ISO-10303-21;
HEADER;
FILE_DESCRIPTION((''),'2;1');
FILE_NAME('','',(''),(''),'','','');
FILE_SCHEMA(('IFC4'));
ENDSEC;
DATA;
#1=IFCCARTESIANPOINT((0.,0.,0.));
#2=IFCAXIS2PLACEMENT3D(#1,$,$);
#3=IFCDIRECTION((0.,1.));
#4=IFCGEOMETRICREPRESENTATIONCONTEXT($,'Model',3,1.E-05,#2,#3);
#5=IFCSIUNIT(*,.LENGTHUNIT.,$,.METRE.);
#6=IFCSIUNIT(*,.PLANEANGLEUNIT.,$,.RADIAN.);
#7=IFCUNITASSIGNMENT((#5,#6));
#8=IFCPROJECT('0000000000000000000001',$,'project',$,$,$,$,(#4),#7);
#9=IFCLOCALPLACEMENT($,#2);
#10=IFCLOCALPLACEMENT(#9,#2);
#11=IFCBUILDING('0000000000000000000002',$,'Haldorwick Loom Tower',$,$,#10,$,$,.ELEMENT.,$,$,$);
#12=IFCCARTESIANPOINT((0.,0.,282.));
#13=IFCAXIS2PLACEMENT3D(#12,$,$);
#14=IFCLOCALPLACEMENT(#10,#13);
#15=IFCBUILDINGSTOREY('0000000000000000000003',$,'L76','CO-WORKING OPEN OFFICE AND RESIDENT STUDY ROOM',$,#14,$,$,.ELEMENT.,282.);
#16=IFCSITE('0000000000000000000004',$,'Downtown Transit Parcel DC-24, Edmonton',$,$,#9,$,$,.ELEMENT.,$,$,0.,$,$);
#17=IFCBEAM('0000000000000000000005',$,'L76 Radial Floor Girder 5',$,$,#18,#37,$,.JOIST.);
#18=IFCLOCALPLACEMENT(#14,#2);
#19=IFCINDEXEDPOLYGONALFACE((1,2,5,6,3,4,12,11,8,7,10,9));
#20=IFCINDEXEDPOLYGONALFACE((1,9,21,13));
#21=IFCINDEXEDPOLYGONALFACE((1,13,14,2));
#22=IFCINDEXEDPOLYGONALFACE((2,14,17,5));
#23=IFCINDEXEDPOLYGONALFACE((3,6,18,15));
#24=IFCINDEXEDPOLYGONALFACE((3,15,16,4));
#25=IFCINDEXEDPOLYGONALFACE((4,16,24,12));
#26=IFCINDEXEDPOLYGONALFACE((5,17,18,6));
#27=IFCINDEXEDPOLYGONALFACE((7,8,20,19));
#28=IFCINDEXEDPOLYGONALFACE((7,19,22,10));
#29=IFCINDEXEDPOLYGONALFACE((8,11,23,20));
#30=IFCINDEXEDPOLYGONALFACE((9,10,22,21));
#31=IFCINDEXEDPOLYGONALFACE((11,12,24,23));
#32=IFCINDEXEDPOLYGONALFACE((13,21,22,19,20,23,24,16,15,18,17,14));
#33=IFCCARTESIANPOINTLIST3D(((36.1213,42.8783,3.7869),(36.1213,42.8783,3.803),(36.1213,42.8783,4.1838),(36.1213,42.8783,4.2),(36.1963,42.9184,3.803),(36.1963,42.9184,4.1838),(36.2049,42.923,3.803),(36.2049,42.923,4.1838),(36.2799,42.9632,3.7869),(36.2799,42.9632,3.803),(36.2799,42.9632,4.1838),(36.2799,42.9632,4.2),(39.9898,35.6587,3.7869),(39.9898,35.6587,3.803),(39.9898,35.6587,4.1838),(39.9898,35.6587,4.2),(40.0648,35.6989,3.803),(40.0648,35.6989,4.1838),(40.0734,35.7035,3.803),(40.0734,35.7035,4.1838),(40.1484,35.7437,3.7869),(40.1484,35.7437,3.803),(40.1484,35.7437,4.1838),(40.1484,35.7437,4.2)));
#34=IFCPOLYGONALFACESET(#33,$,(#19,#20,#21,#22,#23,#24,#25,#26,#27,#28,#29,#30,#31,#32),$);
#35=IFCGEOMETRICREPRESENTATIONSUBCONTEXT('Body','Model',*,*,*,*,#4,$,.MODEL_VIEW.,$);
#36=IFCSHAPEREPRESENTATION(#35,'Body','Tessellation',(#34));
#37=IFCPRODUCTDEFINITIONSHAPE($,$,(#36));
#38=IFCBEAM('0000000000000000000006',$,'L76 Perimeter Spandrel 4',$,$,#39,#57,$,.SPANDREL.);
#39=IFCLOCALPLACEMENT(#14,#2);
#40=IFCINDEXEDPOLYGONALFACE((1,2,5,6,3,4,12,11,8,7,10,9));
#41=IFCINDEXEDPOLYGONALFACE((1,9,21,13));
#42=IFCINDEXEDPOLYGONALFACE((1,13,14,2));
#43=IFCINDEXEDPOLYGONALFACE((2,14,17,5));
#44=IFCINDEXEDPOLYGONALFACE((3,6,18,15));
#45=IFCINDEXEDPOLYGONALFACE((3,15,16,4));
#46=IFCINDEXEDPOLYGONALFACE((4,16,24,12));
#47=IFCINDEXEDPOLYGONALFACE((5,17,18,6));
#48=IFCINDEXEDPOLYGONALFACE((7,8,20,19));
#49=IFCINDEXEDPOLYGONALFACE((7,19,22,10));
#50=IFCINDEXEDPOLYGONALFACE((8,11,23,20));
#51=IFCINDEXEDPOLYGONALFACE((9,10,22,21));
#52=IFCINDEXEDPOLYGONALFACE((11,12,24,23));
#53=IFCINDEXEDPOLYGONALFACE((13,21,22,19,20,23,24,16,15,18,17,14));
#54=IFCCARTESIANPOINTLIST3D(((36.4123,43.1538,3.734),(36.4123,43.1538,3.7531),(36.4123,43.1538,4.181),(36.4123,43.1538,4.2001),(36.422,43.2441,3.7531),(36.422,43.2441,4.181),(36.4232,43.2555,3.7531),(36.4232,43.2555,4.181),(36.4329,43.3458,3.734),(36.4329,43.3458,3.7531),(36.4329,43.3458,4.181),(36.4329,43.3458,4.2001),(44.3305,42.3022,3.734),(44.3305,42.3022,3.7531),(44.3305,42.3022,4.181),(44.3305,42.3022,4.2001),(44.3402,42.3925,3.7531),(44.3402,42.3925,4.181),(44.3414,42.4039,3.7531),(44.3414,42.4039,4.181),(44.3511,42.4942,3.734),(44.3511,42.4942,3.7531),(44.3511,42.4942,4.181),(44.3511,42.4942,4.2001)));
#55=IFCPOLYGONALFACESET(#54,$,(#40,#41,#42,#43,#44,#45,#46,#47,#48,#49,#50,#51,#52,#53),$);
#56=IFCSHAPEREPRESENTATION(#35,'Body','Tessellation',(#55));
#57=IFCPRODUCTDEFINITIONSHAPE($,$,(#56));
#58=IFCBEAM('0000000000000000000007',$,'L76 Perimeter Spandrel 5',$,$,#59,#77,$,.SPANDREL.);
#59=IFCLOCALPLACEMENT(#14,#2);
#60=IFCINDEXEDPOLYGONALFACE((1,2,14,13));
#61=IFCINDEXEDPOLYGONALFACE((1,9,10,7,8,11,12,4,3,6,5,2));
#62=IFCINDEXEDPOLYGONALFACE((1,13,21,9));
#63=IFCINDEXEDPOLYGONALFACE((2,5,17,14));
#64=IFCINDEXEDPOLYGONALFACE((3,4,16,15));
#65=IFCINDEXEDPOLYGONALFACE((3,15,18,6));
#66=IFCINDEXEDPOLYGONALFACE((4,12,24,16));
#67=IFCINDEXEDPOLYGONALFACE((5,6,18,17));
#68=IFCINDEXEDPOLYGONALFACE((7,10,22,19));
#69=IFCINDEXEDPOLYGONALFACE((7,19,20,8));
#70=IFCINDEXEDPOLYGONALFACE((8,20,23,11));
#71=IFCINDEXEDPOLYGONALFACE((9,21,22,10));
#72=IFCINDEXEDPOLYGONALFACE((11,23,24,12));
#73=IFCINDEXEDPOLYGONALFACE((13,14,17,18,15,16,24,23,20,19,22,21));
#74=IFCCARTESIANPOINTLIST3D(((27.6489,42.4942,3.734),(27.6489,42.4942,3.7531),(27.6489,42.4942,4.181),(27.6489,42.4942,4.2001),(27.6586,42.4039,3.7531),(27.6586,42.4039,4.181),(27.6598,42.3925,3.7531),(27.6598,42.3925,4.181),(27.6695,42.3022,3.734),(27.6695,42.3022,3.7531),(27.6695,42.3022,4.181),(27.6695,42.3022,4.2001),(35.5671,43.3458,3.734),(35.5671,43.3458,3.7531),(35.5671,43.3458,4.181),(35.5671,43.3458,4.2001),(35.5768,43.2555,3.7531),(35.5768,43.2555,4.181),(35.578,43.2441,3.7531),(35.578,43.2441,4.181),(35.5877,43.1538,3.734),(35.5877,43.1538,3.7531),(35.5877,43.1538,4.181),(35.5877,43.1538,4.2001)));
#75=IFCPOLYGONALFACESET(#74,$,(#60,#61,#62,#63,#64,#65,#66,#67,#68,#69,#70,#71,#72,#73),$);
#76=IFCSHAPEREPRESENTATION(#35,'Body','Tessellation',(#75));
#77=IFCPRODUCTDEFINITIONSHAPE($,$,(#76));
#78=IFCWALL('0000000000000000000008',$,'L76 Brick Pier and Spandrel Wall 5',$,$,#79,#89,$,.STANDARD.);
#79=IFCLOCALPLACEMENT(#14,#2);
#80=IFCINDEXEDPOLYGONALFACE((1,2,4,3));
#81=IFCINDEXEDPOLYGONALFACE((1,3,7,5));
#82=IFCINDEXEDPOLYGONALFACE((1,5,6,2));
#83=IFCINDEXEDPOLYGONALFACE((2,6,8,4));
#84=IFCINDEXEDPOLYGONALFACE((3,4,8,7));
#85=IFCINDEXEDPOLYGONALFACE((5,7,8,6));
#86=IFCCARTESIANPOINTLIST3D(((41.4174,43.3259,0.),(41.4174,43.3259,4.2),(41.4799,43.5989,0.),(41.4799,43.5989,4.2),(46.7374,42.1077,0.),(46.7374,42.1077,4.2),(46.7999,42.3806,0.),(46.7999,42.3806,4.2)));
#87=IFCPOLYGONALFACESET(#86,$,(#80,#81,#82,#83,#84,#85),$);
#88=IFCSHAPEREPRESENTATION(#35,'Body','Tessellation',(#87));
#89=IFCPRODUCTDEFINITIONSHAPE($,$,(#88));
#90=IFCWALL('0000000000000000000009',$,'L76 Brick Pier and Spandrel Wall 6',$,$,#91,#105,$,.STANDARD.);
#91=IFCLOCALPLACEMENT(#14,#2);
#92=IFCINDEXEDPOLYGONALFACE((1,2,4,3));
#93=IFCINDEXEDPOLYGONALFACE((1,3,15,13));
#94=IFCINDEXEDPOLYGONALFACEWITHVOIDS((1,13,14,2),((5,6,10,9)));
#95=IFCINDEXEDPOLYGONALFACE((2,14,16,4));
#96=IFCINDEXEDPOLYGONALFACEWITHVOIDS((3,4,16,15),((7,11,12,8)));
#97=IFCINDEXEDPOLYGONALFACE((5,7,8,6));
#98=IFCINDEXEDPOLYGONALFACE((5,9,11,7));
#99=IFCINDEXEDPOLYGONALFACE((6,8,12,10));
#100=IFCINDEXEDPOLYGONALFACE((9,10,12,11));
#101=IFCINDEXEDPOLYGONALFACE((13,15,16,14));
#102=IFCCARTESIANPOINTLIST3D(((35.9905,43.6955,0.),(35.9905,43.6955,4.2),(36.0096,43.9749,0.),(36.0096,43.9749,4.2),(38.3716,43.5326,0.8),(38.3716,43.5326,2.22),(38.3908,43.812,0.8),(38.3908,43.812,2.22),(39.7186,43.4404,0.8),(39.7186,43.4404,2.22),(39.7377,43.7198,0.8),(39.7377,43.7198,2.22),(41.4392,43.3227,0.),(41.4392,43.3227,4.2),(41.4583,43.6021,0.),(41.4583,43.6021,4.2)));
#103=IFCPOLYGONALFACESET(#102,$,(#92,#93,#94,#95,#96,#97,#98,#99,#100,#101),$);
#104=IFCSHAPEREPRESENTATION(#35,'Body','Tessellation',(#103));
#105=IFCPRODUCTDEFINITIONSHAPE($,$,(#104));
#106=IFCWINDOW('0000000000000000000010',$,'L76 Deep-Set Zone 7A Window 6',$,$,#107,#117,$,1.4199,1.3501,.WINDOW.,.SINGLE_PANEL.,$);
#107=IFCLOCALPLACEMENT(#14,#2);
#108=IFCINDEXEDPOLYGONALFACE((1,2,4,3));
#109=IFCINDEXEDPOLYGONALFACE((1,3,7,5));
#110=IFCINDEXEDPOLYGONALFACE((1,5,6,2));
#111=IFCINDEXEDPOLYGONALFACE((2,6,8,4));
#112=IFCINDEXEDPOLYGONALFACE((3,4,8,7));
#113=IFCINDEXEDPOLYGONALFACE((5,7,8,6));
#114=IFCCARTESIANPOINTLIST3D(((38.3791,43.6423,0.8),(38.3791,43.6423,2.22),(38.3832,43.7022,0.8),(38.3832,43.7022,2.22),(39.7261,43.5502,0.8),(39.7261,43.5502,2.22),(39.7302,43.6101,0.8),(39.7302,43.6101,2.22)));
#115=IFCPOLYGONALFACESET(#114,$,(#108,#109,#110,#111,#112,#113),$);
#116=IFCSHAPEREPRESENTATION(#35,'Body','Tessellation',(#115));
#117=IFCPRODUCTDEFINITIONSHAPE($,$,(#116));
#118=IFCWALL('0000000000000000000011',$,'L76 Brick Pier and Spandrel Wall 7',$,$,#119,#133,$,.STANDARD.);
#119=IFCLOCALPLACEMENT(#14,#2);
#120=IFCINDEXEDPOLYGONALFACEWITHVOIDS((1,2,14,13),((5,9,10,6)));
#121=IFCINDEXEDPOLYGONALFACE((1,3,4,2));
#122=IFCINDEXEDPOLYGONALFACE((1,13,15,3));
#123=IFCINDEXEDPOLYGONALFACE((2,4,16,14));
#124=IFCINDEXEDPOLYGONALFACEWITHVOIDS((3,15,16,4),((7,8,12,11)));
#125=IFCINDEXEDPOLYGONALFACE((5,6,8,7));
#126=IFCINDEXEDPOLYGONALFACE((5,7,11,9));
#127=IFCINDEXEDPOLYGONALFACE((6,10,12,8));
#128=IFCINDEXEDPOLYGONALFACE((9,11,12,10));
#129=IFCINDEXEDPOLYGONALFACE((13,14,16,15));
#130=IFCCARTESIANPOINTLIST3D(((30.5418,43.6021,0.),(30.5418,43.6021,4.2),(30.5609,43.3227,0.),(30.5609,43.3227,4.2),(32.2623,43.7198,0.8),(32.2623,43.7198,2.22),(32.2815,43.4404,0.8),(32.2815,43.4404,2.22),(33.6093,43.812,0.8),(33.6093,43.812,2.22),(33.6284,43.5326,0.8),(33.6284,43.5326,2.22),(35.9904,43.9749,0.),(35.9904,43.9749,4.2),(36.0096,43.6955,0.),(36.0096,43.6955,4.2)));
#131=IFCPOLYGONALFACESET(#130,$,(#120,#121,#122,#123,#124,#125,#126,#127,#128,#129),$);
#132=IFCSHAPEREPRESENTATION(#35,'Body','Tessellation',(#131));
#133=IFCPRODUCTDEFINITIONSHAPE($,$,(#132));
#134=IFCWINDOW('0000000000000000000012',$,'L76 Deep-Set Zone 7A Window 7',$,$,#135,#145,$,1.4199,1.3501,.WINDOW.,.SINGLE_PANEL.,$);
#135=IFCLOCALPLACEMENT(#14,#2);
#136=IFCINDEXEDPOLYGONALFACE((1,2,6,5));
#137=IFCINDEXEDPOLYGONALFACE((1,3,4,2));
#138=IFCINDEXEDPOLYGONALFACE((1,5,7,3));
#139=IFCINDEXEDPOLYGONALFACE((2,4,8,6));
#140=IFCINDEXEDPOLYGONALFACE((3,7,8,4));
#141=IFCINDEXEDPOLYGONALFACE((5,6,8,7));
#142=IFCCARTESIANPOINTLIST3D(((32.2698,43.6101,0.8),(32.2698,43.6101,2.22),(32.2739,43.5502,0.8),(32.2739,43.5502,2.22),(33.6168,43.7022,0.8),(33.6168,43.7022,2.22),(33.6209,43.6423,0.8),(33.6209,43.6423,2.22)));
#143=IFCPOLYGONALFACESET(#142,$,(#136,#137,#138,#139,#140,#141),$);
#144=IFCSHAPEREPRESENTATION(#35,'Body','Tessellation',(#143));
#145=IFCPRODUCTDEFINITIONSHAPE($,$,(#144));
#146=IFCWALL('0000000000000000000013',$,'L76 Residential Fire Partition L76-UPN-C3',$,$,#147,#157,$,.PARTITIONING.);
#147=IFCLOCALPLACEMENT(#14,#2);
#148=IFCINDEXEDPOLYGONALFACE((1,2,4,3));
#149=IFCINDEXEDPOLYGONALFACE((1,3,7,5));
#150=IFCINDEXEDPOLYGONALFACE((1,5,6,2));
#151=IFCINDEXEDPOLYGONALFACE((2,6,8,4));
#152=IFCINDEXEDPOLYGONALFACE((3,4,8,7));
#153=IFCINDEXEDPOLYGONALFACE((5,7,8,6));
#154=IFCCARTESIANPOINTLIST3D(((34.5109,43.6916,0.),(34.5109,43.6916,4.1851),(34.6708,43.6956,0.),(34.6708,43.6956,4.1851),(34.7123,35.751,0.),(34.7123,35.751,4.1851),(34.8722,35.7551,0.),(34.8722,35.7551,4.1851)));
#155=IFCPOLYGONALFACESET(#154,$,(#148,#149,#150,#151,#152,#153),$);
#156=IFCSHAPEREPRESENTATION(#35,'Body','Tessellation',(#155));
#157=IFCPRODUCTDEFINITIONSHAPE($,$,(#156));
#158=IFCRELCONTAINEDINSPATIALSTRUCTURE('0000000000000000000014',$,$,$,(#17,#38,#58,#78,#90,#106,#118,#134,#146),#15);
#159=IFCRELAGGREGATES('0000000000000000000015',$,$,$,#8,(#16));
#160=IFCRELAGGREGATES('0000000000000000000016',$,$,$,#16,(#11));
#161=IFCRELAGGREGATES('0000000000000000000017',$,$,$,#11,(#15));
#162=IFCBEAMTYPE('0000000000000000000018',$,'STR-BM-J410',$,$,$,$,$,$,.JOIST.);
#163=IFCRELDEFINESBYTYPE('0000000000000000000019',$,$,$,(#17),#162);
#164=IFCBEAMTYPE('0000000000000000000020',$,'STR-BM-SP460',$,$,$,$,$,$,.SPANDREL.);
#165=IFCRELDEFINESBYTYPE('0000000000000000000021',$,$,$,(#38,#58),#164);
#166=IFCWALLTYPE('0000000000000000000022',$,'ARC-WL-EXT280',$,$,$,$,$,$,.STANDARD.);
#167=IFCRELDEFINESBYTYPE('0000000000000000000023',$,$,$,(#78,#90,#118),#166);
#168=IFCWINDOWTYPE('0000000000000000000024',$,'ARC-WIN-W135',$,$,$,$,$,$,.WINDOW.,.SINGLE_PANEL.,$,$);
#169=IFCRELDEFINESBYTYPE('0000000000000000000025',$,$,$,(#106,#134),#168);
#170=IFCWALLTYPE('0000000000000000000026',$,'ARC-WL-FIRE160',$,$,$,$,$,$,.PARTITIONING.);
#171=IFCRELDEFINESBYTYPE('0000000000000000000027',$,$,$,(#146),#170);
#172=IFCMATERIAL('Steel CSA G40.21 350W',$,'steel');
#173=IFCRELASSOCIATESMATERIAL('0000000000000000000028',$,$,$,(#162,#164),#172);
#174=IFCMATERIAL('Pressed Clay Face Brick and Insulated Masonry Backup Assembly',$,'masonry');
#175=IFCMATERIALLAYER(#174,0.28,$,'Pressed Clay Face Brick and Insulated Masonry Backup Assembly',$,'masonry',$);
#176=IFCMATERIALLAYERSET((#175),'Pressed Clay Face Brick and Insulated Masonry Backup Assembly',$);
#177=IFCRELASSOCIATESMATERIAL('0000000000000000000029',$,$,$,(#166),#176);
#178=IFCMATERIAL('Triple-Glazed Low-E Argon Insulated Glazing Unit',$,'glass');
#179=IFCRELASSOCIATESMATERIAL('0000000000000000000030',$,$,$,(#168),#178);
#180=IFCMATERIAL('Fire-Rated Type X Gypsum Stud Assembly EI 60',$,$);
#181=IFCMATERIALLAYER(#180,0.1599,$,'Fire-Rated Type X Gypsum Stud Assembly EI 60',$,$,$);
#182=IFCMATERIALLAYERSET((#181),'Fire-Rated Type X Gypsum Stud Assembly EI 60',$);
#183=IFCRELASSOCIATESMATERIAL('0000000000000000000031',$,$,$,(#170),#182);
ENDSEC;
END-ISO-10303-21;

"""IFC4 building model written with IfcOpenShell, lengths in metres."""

from ifc_helpers import new_model, si_unit, direction, frame, frame_2d, origin, origin_2d, place, context, subcontext, project, spatial, rectangle, i_section, extrude, material, layer, layer_set, material_profile, profile_set, type_object, element, fill, save


model = new_model("IFC4")

# Units and contexts
model_context = context("Model", 3, precision=1e-05, world=origin(), true_north=direction((0.0, 1.0)))
body_context = subcontext(model_context, "Body", "Model", "MODEL_VIEW")
ifc_project = project(units=[si_unit("LENGTHUNIT", "METRE"), si_unit("PLANEANGLEUNIT", "RADIAN")], contexts=[model_context])

# Site, building, storey
site_placement = place(None, origin())
site = spatial("IfcSite", under=ifc_project, at=site_placement, Name="Downtown Transit Parcel DC-24, Edmonton", CompositionType="ELEMENT", RefElevation=0.0)
building_placement = place(site_placement, origin())
building = spatial("IfcBuilding", under=site, at=building_placement, Name="Haldorwick Loom Tower", CompositionType="ELEMENT")
storey_placement = place(building_placement, frame((0.0, 0.0, 282.0)))
storey = spatial("IfcBuildingStorey", under=building, at=storey_placement, Name="L76", Description="CO-WORKING OPEN OFFICE AND RESIDENT STUDY ROOM", CompositionType="ELEMENT", Elevation=282.0)

# Shared definitions
ifc_material_1 = material(Name="Steel CSA G40.21 350W", Category="steel")

# Beams
ifc_material_profile_1 = material_profile(ifc_material_1, i_section(OverallWidth=0.1799, OverallDepth=0.4131, WebThickness=0.0098, FlangeThickness=0.0161, at=origin_2d()), Name="W410X74", Category="steel")
ifc_profile_set_1 = profile_set([ifc_material_profile_1], Name="Steel CSA G40.21 350W")
beam_type_1 = type_object("IfcBeamType", Name="STR-BM-J410", PredefinedType="JOIST", material=ifc_profile_set_1)
beam_1_placement = place(storey_placement, frame((40.0691, 35.7012, 3.9934), z_axis=(-0.4723, 0.881438, 0.0), x_axis=(-0.881438, -0.4723, 0.0)))
element("IfcBeam", 1, at=beam_1_placement, inside=storey, type_object=beam_type_1, Name="L76 Radial Floor Girder 5", PredefinedType="JOIST", context=body_context, shape_type="SweptSolid", body=[
    extrude(i_section(OverallWidth=0.1799, OverallDepth=0.4131, WebThickness=0.0098, FlangeThickness=0.0161, at=origin_2d()), origin(), (0.0, 0.0, 1.0), 8.1907),
])
ifc_material_profile_2 = material_profile(ifc_material_1, i_section(OverallWidth=0.1931, OverallDepth=0.4661, WebThickness=0.0115, FlangeThickness=0.019, at=origin_2d()), Name="W460X97", Category="steel")
ifc_profile_set_2 = profile_set([ifc_material_profile_2], Name="Steel CSA G40.21 350W")
beam_type_2 = type_object("IfcBeamType", Name="STR-BM-SP460", PredefinedType="SPANDREL", material=ifc_profile_set_2)
for number, where, z_axis, x_axis, name in (
    (2, (44.3408, 42.3982, 3.967), (-0.994267, 0.106928, 0.0), (-0.106928, -0.994267, 0.0), "L76 Perimeter Spandrel 4"),
    (3, (35.5774, 43.2498, 3.967), (-0.994267, -0.106928, 0.0), (0.106928, -0.994267, 0.0), "L76 Perimeter Spandrel 5"),
):
    element("IfcBeam", number, at=place(storey_placement, frame(where, z_axis=z_axis, x_axis=x_axis)), inside=storey, type_object=beam_type_2, Name=name, PredefinedType="SPANDREL", context=body_context, shape_type="SweptSolid", body=[
        extrude(i_section(OverallWidth=0.1931, OverallDepth=0.4661, WebThickness=0.0115, FlangeThickness=0.019, at=origin_2d()), origin(), (0.0, 0.0, 1.0), 7.9639),
    ])

# Wall
ifc_material_2 = material(Name="Pressed Clay Face Brick and Insulated Masonry Backup Assembly", Category="masonry")
ifc_layer_1 = layer(ifc_material_2, 0.28, Name="Pressed Clay Face Brick and Insulated Masonry Backup Assembly", Category="masonry")
ifc_layer_set_1 = layer_set([ifc_layer_1], Name="Pressed Clay Face Brick and Insulated Masonry Backup Assembly")
wall_type_1 = type_object("IfcWallType", Name="ARC-WL-EXT280", PredefinedType="STANDARD", material=ifc_layer_set_1)
wall_1_placement = place(storey_placement, frame((46.7688, 42.2441, 0.0), z_axis=(0.0, 0.0, 1.0), x_axis=(-0.974769, 0.223216, 0.0)))
element("IfcWall", 4, at=wall_1_placement, inside=storey, type_object=wall_type_1, Name="L76 Brick Pier and Spandrel Wall 5", PredefinedType="STANDARD", context=body_context, shape_type="SweptSolid", body=[
    extrude(rectangle(XDim=5.4578, YDim=0.28, at=frame_2d((2.729, 0.0))), origin(), (0.0, 0.0, 1.0), 4.2),
])

# Walls, openings, windows
wall_2_placement = place(storey_placement, frame((41.4487, 43.4624, 0.0), z_axis=(0.0, 0.0, 1.0), x_axis=(-0.997668, 0.068261, 0.0)))
wall_2 = element("IfcWall", 5, at=wall_2_placement, inside=storey, type_object=wall_type_1, Name="L76 Brick Pier and Spandrel Wall 6", PredefinedType="STANDARD", context=body_context, shape_type="SweptSolid", body=[
    extrude(rectangle(XDim=5.4614, YDim=0.28, at=frame_2d((2.7307, 0.0))), origin(), (0.0, 0.0, 1.0), 4.2),
])
opening_1_placement = place(wall_2_placement, frame((1.7246, 0.0, 0.8)))
opening_1 = element("IfcOpeningElement", 6, at=opening_1_placement, cuts=wall_2, PredefinedType="OPENING", context=body_context, shape_type="SweptSolid", body=[
    extrude(rectangle(XDim=1.3501, YDim=1.4199, at=frame_2d((0.675, 0.71))), frame((0.0, 0.1499, 0.0), z_axis=(0.0, -1.0, 0.0), x_axis=(1.0, 0.0, 0.0)), (0.0, 0.0, 1.0), 0.3),
])
ifc_material_3 = material(Name="Triple-Glazed Low-E Argon Insulated Glazing Unit", Category="glass")
window_type = type_object("IfcWindowType", Name="ARC-WIN-W135", PartitioningType="SINGLE_PANEL", PredefinedType="WINDOW", material=ifc_material_3)
window_1_placement = place(opening_1_placement, origin())
window_1 = element("IfcWindow", 7, at=window_1_placement, inside=storey, type_object=window_type, Name="L76 Deep-Set Zone 7A Window 6", OverallHeight=1.4199, OverallWidth=1.3501, PartitioningType="SINGLE_PANEL", PredefinedType="WINDOW", context=body_context, shape_type="SweptSolid", body=[
    extrude(rectangle(XDim=1.3501, YDim=1.4199, at=frame_2d((0.675, 0.71))), frame((0.0, 0.03, 0.0), z_axis=(0.0, -1.0, 0.0), x_axis=(1.0, 0.0, 0.0)), (0.0, 0.0, 1.0), 0.0601),
])
fill(opening_1, window_1)
wall_3_placement = place(storey_placement, frame((36.0, 43.8352, 0.0), z_axis=(0.0, 0.0, 1.0), x_axis=(-0.997668, -0.068261, 0.0)))
wall_3 = element("IfcWall", 8, at=wall_3_placement, inside=storey, type_object=wall_type_1, Name="L76 Brick Pier and Spandrel Wall 7", PredefinedType="STANDARD", context=body_context, shape_type="SweptSolid", body=[
    extrude(rectangle(XDim=5.4614, YDim=0.28, at=frame_2d((2.7307, 0.0))), origin(), (0.0, 0.0, 1.0), 4.2),
])
opening_2_placement = place(wall_3_placement, frame((2.3867, 0.0, 0.8)))
opening_2 = element("IfcOpeningElement", 9, at=opening_2_placement, cuts=wall_3, PredefinedType="OPENING", context=body_context, shape_type="SweptSolid", body=[
    extrude(rectangle(XDim=1.3501, YDim=1.4199, at=frame_2d((0.675, 0.71))), frame((0.0, 0.1499, 0.0), z_axis=(0.0, -1.0, 0.0), x_axis=(1.0, 0.0, 0.0)), (0.0, 0.0, 1.0), 0.3),
])
window_2_placement = place(opening_2_placement, origin())
window_2 = element("IfcWindow", 10, at=window_2_placement, inside=storey, type_object=window_type, Name="L76 Deep-Set Zone 7A Window 7", OverallHeight=1.4199, OverallWidth=1.3501, PartitioningType="SINGLE_PANEL", PredefinedType="WINDOW", context=body_context, shape_type="SweptSolid", body=[
    extrude(rectangle(XDim=1.3501, YDim=1.4199, at=frame_2d((0.675, 0.71))), frame((0.0, 0.03, 0.0), z_axis=(0.0, -1.0, 0.0), x_axis=(1.0, 0.0, 0.0)), (0.0, 0.0, 1.0), 0.0601),
])
fill(opening_2, window_2)

# Wall
ifc_material_4 = material(Name="Fire-Rated Type X Gypsum Stud Assembly EI 60")
ifc_layer_2 = layer(ifc_material_4, 0.1599, Name="Fire-Rated Type X Gypsum Stud Assembly EI 60")
ifc_layer_set_2 = layer_set([ifc_layer_2], Name="Fire-Rated Type X Gypsum Stud Assembly EI 60")
wall_type_2 = type_object("IfcWallType", Name="ARC-WL-FIRE160", PredefinedType="PARTITIONING", material=ifc_layer_set_2)
wall_4_placement = place(storey_placement, frame((34.7922, 35.7529, 0.0), z_axis=(0.0, 0.0, 1.0), x_axis=(-0.025357, 0.999678, 0.0)))
element("IfcWall", 11, at=wall_4_placement, inside=storey, type_object=wall_type_2, Name="L76 Residential Fire Partition L76-UPN-C3", PredefinedType="PARTITIONING", context=body_context, shape_type="SweptSolid", body=[
    extrude(rectangle(XDim=7.9431, YDim=0.1599, at=frame_2d((3.9717, 0.0))), origin(), (0.0, 0.0, 1.0), 4.1851),
])

save(model, "model.ifc")
